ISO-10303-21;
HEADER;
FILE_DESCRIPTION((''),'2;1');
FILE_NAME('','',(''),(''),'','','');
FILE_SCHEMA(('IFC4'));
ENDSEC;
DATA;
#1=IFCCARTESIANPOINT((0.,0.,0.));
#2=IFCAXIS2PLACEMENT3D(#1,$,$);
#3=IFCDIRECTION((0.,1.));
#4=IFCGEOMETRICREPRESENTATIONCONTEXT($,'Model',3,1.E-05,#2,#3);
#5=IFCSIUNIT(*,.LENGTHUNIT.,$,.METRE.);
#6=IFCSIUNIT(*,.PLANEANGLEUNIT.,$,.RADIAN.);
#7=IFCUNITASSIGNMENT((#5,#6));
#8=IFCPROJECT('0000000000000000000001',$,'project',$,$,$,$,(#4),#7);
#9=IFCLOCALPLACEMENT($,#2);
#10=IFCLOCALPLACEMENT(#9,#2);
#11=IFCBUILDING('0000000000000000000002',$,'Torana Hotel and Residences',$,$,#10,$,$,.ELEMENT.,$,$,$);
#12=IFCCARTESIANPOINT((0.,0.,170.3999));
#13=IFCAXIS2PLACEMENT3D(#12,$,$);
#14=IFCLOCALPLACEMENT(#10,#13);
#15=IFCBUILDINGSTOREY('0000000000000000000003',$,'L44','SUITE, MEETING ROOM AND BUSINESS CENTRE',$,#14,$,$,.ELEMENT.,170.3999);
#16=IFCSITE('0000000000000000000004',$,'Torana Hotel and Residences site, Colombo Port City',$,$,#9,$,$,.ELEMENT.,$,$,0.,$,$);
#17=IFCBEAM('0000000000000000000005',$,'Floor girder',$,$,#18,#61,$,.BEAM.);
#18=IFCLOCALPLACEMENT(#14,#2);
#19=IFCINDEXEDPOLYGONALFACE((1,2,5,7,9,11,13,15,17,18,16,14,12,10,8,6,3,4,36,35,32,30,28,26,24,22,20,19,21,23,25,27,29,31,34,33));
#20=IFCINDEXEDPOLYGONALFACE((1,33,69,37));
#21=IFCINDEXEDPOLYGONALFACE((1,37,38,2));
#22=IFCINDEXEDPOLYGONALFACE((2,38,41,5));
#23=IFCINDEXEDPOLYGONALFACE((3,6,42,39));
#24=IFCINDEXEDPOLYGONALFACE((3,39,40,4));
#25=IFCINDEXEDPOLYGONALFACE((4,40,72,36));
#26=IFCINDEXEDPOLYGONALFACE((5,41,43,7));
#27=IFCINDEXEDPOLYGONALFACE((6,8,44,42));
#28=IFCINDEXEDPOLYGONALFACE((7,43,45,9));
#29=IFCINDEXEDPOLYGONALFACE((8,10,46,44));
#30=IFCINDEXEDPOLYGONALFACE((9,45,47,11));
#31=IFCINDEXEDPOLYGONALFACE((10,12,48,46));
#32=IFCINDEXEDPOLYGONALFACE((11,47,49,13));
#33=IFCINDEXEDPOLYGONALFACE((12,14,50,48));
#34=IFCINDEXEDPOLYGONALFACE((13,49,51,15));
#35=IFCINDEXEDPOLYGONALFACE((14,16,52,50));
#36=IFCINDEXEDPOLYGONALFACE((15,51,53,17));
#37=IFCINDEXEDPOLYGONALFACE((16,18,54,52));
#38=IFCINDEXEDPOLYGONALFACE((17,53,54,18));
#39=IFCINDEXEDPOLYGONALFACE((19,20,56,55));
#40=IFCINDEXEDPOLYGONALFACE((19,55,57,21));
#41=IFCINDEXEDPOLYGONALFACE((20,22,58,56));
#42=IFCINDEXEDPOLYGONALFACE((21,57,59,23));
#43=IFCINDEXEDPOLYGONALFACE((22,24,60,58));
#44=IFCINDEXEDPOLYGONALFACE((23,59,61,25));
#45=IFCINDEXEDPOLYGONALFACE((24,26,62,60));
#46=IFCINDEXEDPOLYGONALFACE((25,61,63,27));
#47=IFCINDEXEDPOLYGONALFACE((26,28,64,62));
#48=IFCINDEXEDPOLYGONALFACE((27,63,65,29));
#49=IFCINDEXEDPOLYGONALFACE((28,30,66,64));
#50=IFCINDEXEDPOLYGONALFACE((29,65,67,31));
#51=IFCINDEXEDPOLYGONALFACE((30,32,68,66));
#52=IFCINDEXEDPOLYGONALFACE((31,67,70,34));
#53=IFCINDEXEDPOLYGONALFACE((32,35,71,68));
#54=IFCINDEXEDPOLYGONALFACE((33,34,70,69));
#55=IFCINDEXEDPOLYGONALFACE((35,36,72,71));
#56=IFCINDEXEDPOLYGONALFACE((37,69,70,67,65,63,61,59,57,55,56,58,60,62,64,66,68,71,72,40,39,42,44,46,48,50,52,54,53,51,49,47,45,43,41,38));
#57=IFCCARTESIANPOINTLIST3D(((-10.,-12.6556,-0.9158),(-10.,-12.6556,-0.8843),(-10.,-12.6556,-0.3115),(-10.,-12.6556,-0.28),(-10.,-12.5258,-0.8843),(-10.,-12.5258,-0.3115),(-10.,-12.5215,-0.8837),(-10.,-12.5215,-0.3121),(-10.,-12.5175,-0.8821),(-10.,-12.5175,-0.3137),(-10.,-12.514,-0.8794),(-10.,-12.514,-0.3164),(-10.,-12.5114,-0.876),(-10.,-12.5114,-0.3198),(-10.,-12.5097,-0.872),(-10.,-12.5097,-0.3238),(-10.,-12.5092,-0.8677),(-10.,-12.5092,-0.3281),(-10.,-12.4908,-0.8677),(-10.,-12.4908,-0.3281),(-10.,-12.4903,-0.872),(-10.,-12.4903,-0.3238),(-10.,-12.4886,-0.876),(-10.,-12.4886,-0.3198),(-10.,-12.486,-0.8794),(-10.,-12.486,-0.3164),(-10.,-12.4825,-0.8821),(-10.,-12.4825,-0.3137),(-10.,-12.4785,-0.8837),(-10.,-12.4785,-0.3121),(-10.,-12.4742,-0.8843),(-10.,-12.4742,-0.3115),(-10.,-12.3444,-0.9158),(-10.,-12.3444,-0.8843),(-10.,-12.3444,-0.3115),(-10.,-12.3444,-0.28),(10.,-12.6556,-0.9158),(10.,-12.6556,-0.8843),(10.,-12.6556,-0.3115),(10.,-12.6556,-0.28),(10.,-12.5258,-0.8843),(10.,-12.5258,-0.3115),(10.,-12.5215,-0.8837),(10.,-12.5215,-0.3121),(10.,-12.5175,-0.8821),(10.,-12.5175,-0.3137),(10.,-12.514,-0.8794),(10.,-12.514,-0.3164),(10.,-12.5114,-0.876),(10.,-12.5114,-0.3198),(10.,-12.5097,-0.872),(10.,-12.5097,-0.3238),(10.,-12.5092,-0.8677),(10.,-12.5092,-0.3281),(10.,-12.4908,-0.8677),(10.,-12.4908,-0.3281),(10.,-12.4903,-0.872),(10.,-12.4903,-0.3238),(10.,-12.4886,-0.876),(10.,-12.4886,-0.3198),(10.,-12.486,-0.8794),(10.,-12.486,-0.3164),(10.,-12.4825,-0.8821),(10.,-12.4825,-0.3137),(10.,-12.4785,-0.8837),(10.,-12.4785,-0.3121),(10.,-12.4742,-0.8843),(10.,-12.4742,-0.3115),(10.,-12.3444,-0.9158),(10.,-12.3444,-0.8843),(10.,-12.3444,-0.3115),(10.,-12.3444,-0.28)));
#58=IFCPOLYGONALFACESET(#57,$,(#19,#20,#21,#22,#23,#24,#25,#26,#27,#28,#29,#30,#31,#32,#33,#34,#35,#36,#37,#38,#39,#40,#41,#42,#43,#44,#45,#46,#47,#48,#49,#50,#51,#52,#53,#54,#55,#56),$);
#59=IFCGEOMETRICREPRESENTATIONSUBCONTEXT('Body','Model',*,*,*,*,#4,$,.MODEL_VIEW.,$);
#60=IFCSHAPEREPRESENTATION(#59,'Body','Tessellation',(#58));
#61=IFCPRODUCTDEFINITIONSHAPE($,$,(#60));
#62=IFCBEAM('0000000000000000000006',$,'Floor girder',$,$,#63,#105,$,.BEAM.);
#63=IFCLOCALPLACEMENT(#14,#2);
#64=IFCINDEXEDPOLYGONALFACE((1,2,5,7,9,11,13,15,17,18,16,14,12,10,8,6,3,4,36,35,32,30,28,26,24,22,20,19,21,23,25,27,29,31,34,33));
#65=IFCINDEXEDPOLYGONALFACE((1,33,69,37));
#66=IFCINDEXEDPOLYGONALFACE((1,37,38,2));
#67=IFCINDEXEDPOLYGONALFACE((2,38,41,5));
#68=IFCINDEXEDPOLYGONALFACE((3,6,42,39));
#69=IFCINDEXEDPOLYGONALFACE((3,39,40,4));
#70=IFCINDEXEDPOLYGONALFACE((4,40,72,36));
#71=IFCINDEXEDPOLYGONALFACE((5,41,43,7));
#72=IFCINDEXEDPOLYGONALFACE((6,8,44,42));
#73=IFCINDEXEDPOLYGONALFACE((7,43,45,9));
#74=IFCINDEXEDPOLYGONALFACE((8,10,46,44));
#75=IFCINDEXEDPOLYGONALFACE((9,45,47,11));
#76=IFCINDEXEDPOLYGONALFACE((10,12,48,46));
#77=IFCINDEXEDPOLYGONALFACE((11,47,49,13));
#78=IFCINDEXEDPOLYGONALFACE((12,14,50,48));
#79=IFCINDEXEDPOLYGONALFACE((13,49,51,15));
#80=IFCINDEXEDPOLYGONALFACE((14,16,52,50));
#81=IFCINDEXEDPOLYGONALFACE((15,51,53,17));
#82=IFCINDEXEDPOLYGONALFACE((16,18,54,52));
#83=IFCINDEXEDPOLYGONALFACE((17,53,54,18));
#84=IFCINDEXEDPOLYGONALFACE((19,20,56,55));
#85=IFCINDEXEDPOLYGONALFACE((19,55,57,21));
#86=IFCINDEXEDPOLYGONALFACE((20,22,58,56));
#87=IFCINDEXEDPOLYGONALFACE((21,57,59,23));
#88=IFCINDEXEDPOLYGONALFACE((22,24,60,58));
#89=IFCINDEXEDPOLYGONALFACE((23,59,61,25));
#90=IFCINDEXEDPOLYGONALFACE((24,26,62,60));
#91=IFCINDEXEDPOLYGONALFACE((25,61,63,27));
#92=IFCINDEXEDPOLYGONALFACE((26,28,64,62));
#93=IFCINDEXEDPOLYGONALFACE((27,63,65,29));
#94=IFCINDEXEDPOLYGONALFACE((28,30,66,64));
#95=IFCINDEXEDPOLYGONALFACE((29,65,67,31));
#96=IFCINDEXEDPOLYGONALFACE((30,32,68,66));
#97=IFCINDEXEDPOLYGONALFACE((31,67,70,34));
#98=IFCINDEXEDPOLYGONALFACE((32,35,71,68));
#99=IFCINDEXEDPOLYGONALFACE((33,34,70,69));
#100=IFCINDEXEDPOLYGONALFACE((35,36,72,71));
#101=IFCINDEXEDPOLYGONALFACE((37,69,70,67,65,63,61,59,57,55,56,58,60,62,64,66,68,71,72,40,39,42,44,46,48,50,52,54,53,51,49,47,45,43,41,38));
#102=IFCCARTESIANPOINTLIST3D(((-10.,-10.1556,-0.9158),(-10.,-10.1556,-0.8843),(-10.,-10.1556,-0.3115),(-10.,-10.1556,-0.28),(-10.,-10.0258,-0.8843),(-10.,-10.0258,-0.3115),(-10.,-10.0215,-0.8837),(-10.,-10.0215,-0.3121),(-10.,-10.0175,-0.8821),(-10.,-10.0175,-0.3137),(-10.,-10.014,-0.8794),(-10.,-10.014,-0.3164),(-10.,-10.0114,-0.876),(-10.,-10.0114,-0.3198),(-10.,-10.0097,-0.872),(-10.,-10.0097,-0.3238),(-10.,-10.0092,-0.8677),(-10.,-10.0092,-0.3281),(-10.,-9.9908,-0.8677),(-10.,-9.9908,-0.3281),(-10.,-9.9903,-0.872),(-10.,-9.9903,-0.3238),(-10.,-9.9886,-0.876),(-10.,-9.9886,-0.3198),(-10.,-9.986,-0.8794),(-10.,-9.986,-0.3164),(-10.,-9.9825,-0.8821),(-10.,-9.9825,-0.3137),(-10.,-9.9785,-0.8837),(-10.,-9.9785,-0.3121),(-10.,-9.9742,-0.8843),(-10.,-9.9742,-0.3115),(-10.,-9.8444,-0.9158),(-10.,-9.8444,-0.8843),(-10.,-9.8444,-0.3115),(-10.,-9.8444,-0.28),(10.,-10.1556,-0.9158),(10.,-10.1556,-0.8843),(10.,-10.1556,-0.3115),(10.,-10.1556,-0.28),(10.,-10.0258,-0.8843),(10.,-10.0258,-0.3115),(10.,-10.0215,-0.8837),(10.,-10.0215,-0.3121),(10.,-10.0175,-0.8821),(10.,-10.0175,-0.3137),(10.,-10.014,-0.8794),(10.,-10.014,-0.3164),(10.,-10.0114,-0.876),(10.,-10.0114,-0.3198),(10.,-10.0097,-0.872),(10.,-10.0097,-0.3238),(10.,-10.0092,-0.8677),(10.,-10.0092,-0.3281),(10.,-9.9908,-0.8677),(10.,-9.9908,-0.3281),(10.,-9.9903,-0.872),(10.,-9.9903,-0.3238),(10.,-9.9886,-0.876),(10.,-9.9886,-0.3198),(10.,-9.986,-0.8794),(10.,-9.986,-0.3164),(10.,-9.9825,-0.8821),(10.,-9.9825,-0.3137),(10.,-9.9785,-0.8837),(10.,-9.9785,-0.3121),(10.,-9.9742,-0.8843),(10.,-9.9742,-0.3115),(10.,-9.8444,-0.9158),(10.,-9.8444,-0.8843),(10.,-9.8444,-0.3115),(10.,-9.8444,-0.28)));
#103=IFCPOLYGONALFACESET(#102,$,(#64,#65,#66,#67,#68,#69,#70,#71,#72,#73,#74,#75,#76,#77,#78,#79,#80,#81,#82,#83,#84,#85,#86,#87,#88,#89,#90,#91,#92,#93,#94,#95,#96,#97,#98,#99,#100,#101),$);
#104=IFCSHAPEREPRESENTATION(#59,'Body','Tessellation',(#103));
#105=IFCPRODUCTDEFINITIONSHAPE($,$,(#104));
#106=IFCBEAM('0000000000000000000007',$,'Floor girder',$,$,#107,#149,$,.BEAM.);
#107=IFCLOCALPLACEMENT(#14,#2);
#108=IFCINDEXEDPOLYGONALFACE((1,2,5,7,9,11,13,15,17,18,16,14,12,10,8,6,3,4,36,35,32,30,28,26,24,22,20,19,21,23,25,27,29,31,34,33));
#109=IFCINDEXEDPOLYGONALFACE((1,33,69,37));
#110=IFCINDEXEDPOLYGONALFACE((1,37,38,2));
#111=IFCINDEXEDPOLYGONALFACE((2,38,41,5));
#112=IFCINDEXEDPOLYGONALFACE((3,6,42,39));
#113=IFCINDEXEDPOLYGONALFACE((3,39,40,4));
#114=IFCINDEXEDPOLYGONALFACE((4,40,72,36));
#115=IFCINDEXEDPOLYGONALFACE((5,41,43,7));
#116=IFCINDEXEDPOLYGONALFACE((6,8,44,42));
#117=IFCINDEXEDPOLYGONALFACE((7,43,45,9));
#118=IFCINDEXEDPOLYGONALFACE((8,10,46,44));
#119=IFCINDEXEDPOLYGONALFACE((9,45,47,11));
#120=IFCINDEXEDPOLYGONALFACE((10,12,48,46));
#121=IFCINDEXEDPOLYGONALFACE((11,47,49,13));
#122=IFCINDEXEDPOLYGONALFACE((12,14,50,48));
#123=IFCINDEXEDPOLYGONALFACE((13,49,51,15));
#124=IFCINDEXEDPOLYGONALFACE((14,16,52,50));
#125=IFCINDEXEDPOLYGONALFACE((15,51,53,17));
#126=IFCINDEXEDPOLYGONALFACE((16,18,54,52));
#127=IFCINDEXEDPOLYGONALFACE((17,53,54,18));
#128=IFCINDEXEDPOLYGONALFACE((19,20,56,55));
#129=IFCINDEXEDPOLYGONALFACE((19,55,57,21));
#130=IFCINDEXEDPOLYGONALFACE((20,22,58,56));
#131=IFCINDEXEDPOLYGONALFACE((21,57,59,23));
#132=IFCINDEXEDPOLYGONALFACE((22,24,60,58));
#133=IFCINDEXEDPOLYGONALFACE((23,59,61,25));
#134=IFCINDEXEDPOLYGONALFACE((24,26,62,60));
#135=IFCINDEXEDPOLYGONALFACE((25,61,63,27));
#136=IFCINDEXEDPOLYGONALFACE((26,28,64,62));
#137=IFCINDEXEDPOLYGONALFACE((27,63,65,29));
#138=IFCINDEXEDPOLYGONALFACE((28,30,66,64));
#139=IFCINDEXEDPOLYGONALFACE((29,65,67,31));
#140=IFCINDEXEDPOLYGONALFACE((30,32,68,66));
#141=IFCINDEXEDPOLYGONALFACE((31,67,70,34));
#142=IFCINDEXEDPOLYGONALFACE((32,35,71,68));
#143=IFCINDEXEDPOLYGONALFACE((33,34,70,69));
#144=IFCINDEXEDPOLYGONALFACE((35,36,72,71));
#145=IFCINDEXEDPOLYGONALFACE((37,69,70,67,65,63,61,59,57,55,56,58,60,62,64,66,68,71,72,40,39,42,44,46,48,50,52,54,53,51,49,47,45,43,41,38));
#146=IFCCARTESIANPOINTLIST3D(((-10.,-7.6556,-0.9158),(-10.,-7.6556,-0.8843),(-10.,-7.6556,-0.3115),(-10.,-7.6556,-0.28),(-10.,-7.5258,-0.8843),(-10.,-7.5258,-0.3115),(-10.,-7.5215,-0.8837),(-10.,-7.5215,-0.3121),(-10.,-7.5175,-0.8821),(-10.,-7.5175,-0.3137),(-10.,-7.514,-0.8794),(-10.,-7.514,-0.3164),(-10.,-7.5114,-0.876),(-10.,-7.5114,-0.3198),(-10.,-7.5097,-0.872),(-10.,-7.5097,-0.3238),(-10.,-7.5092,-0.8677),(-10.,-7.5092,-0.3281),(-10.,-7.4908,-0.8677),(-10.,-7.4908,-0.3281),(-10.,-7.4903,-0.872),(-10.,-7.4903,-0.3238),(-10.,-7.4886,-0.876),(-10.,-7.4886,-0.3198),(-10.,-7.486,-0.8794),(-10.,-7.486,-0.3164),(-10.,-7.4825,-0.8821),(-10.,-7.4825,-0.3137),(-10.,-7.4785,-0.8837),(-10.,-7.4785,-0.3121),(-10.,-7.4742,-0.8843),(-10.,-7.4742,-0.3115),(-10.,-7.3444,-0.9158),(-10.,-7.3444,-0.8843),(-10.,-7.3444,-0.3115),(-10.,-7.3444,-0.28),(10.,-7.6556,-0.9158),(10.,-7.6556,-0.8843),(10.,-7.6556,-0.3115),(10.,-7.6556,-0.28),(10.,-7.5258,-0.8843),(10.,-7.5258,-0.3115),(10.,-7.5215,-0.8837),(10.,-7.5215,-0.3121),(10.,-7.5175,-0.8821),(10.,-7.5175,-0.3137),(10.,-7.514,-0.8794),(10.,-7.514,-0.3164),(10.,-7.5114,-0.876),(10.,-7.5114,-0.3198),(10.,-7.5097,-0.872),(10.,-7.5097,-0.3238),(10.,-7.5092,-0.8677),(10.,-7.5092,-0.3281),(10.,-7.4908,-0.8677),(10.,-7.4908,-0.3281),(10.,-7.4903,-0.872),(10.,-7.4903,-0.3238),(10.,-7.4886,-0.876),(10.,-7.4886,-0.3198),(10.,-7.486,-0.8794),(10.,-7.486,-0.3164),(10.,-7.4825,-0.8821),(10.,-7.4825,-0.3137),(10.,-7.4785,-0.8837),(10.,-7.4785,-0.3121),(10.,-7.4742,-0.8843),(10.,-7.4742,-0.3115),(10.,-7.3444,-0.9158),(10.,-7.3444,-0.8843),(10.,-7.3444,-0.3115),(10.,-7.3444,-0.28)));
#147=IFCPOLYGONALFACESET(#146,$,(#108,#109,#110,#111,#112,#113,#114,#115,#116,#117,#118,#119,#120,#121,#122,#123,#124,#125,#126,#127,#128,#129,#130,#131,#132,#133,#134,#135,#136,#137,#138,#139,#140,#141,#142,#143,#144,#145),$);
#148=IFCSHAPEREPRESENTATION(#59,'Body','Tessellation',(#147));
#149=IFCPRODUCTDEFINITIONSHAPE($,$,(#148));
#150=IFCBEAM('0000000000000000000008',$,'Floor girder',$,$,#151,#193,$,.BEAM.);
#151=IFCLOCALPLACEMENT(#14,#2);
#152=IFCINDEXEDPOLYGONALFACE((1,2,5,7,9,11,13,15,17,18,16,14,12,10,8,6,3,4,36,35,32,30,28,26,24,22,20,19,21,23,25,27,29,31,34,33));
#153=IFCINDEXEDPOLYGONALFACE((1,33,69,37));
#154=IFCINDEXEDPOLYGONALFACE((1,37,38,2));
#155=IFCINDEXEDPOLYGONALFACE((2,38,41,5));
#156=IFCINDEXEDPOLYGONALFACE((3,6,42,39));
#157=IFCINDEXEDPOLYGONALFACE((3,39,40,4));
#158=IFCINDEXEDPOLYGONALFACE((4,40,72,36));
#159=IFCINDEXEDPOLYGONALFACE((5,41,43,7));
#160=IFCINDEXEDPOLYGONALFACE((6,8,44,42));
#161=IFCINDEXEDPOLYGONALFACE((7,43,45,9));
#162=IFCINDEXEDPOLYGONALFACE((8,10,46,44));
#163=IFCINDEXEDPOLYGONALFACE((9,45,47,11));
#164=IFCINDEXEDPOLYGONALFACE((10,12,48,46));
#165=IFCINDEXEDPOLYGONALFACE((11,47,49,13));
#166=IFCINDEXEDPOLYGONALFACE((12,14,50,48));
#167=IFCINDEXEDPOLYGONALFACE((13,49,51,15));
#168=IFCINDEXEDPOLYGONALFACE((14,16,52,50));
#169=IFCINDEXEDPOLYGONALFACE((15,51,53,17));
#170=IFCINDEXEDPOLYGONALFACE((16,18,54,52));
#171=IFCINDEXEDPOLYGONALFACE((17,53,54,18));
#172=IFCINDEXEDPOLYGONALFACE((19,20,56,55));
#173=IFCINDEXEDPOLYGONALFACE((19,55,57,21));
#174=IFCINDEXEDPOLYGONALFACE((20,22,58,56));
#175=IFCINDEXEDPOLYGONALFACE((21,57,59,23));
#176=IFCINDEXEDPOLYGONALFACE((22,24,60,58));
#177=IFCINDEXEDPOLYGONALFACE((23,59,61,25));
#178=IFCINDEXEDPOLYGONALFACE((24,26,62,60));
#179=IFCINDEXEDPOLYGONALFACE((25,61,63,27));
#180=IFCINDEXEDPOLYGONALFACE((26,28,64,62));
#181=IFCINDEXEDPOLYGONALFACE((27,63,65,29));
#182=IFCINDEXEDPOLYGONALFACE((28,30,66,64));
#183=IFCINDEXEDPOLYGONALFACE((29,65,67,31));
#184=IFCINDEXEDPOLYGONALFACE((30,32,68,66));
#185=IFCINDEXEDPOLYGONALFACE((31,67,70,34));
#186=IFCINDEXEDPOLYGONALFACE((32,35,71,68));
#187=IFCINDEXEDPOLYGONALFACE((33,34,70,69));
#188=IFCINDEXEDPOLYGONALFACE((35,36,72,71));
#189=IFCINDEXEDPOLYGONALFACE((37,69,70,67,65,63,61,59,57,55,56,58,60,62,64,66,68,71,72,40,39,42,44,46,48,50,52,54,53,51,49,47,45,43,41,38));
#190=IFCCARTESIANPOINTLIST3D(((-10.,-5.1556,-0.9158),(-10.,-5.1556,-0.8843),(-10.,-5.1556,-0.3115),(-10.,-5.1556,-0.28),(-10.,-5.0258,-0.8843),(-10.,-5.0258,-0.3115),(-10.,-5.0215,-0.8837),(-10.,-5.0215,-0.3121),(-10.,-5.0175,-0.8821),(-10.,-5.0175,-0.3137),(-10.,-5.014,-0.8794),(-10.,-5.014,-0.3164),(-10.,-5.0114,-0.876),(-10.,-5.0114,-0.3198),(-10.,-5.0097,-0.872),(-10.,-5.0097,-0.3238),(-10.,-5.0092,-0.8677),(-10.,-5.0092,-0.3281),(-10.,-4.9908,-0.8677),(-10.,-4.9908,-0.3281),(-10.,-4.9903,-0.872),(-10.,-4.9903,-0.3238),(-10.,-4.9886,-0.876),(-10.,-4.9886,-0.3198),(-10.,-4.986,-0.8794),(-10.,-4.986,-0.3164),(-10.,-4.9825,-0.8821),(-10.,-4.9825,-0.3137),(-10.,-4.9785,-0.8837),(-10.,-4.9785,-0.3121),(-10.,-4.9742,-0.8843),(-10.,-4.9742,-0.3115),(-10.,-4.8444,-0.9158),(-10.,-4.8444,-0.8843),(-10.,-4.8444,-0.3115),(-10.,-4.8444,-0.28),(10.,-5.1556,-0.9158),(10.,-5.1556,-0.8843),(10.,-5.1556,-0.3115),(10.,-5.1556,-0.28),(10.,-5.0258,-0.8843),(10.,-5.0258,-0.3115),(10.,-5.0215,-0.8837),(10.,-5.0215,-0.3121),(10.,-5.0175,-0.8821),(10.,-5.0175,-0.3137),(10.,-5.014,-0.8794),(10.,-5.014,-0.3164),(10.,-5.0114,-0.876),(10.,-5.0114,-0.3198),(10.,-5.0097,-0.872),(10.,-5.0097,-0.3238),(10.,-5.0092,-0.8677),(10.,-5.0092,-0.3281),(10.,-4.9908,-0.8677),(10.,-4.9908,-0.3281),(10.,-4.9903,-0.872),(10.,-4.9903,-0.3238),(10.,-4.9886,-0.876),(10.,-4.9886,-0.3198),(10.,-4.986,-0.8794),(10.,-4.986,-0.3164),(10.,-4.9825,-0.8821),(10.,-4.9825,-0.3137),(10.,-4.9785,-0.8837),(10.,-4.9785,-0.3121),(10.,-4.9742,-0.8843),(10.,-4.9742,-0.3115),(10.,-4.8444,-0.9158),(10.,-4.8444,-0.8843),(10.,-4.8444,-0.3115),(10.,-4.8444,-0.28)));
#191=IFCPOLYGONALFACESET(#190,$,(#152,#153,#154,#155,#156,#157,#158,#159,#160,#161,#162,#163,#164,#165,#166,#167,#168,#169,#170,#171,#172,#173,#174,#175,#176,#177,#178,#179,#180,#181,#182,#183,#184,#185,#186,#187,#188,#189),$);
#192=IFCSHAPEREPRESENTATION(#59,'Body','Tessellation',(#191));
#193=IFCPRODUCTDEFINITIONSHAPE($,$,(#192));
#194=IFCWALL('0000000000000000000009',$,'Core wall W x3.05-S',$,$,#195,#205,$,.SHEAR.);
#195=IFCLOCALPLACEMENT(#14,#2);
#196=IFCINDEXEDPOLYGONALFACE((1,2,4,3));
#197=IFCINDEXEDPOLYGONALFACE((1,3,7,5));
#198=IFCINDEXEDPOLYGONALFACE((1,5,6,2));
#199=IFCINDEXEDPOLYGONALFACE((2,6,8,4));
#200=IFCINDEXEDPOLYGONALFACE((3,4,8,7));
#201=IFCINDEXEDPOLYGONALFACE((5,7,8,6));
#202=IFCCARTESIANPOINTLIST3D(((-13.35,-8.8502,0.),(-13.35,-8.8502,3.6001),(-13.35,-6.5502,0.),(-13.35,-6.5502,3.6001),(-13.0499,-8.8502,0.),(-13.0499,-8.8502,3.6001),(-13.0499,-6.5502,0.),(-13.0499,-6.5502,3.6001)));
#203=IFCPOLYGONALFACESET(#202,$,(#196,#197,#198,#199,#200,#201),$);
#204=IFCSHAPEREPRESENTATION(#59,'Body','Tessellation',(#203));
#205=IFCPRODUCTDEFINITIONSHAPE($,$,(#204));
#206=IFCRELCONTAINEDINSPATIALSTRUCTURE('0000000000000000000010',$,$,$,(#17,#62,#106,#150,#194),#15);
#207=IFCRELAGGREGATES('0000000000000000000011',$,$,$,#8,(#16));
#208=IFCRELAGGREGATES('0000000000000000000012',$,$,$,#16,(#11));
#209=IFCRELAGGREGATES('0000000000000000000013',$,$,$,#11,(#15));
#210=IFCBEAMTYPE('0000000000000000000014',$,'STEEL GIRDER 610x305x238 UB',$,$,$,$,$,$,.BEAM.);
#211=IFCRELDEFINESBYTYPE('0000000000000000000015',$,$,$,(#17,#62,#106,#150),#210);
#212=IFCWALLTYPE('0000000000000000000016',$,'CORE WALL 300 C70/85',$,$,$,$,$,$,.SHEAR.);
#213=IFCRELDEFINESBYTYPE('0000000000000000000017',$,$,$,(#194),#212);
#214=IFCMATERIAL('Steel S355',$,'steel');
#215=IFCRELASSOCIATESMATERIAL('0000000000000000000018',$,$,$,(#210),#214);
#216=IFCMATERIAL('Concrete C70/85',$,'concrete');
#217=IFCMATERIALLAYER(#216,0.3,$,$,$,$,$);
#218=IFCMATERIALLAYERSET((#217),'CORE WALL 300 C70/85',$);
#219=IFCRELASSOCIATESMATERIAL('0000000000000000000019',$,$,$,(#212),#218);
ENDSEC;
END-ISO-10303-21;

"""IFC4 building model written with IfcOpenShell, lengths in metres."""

from ifc_helpers import new_model, si_unit, direction, frame, frame_2d, origin, origin_2d, place, context, subcontext, project, spatial, rectangle, i_section, extrude, material, layer, layer_set, material_profile, profile_set, type_object, element, save


model = new_model("IFC4")

# Units and contexts
model_context = context("Model", 3, precision=1e-05, world=origin(), true_north=direction((0.0, 1.0)))
body_context = subcontext(model_context, "Body", "Model", "MODEL_VIEW")
ifc_project = project(units=[si_unit("LENGTHUNIT", "METRE"), si_unit("PLANEANGLEUNIT", "RADIAN")], contexts=[model_context])

# Site, building, storey
site_placement = place(None, origin())
site = spatial("IfcSite", under=ifc_project, at=site_placement, Name="Torana Hotel and Residences site, Colombo Port City", CompositionType="ELEMENT", RefElevation=0.0)
building_placement = place(site_placement, origin())
building = spatial("IfcBuilding", under=site, at=building_placement, Name="Torana Hotel and Residences", CompositionType="ELEMENT")
storey_placement = place(building_placement, frame((0.0, 0.0, 170.3999)))
storey = spatial("IfcBuildingStorey", under=building, at=storey_placement, Name="L44", Description="SUITE, MEETING ROOM AND BUSINESS CENTRE", CompositionType="ELEMENT", Elevation=170.3999)

# Beams
ifc_material_1 = material(Name="Steel S355", Category="steel")
ifc_material_profile = material_profile(ifc_material_1, i_section(OverallWidth=0.3113, OverallDepth=0.6357, WebThickness=0.0183, FlangeThickness=0.0315, FilletRadius=0.0166, at=origin_2d()), Name="610x305x238 UB")
ifc_profile_set = profile_set([ifc_material_profile], Name="Steel S355")
beam_type = type_object("IfcBeamType", Name="STEEL GIRDER 610x305x238 UB", PredefinedType="BEAM", material=ifc_profile_set)
for number, where, z_axis, x_axis, name in (
    (1, (-10.0, -12.5, -0.5979), (1.0, 0.0, 0.0), (0.0, 1.0, 0.0), "Floor girder"),
    (2, (-10.0, -10.0, -0.5979), (1.0, 0.0, 0.0), (0.0, 1.0, 0.0), "Floor girder"),
    (3, (-10.0, -7.5, -0.5979), (1.0, 0.0, 0.0), (0.0, 1.0, 0.0), "Floor girder"),
    (4, (-10.0, -5.0, -0.5979), (1.0, 0.0, 0.0), (0.0, 1.0, 0.0), "Floor girder"),
):
    element("IfcBeam", number, at=place(storey_placement, frame(where, z_axis=z_axis, x_axis=x_axis)), inside=storey, type_object=beam_type, Name=name, PredefinedType="BEAM", context=body_context, shape_type="SweptSolid", body=[
        extrude(i_section(OverallWidth=0.3113, OverallDepth=0.6357, WebThickness=0.0183, FlangeThickness=0.0315, FilletRadius=0.0166, at=origin_2d()), origin(), (0.0, 0.0, 1.0), 20.0),
    ])

# Wall
ifc_material_2 = material(Name="Concrete C70/85", Category="concrete")
ifc_layer_1 = layer(ifc_material_2, 0.3)
ifc_layer_set_1 = layer_set([ifc_layer_1], Name="CORE WALL 300 C70/85")
wall_type_1 = type_object("IfcWallType", Name="CORE WALL 300 C70/85", PredefinedType="SHEAR", material=ifc_layer_set_1)
wall_1_placement = place(storey_placement, frame((-13.2, -8.8501, 0.0), z_axis=(0.0, 0.0, 1.0), x_axis=(0.0, 1.0, 0.0)))
element("IfcWall", 5, at=wall_1_placement, inside=storey, type_object=wall_type_1, Name="Core wall W x3.05-S", PredefinedType="SHEAR", context=body_context, shape_type="SweptSolid", body=[
    extrude(rectangle(XDim=2.3, YDim=0.3, at=frame_2d((1.1499, 0.0))), origin(), (0.0, 0.0, 1.0), 3.6001),
])

save(model, "model.ifc")
